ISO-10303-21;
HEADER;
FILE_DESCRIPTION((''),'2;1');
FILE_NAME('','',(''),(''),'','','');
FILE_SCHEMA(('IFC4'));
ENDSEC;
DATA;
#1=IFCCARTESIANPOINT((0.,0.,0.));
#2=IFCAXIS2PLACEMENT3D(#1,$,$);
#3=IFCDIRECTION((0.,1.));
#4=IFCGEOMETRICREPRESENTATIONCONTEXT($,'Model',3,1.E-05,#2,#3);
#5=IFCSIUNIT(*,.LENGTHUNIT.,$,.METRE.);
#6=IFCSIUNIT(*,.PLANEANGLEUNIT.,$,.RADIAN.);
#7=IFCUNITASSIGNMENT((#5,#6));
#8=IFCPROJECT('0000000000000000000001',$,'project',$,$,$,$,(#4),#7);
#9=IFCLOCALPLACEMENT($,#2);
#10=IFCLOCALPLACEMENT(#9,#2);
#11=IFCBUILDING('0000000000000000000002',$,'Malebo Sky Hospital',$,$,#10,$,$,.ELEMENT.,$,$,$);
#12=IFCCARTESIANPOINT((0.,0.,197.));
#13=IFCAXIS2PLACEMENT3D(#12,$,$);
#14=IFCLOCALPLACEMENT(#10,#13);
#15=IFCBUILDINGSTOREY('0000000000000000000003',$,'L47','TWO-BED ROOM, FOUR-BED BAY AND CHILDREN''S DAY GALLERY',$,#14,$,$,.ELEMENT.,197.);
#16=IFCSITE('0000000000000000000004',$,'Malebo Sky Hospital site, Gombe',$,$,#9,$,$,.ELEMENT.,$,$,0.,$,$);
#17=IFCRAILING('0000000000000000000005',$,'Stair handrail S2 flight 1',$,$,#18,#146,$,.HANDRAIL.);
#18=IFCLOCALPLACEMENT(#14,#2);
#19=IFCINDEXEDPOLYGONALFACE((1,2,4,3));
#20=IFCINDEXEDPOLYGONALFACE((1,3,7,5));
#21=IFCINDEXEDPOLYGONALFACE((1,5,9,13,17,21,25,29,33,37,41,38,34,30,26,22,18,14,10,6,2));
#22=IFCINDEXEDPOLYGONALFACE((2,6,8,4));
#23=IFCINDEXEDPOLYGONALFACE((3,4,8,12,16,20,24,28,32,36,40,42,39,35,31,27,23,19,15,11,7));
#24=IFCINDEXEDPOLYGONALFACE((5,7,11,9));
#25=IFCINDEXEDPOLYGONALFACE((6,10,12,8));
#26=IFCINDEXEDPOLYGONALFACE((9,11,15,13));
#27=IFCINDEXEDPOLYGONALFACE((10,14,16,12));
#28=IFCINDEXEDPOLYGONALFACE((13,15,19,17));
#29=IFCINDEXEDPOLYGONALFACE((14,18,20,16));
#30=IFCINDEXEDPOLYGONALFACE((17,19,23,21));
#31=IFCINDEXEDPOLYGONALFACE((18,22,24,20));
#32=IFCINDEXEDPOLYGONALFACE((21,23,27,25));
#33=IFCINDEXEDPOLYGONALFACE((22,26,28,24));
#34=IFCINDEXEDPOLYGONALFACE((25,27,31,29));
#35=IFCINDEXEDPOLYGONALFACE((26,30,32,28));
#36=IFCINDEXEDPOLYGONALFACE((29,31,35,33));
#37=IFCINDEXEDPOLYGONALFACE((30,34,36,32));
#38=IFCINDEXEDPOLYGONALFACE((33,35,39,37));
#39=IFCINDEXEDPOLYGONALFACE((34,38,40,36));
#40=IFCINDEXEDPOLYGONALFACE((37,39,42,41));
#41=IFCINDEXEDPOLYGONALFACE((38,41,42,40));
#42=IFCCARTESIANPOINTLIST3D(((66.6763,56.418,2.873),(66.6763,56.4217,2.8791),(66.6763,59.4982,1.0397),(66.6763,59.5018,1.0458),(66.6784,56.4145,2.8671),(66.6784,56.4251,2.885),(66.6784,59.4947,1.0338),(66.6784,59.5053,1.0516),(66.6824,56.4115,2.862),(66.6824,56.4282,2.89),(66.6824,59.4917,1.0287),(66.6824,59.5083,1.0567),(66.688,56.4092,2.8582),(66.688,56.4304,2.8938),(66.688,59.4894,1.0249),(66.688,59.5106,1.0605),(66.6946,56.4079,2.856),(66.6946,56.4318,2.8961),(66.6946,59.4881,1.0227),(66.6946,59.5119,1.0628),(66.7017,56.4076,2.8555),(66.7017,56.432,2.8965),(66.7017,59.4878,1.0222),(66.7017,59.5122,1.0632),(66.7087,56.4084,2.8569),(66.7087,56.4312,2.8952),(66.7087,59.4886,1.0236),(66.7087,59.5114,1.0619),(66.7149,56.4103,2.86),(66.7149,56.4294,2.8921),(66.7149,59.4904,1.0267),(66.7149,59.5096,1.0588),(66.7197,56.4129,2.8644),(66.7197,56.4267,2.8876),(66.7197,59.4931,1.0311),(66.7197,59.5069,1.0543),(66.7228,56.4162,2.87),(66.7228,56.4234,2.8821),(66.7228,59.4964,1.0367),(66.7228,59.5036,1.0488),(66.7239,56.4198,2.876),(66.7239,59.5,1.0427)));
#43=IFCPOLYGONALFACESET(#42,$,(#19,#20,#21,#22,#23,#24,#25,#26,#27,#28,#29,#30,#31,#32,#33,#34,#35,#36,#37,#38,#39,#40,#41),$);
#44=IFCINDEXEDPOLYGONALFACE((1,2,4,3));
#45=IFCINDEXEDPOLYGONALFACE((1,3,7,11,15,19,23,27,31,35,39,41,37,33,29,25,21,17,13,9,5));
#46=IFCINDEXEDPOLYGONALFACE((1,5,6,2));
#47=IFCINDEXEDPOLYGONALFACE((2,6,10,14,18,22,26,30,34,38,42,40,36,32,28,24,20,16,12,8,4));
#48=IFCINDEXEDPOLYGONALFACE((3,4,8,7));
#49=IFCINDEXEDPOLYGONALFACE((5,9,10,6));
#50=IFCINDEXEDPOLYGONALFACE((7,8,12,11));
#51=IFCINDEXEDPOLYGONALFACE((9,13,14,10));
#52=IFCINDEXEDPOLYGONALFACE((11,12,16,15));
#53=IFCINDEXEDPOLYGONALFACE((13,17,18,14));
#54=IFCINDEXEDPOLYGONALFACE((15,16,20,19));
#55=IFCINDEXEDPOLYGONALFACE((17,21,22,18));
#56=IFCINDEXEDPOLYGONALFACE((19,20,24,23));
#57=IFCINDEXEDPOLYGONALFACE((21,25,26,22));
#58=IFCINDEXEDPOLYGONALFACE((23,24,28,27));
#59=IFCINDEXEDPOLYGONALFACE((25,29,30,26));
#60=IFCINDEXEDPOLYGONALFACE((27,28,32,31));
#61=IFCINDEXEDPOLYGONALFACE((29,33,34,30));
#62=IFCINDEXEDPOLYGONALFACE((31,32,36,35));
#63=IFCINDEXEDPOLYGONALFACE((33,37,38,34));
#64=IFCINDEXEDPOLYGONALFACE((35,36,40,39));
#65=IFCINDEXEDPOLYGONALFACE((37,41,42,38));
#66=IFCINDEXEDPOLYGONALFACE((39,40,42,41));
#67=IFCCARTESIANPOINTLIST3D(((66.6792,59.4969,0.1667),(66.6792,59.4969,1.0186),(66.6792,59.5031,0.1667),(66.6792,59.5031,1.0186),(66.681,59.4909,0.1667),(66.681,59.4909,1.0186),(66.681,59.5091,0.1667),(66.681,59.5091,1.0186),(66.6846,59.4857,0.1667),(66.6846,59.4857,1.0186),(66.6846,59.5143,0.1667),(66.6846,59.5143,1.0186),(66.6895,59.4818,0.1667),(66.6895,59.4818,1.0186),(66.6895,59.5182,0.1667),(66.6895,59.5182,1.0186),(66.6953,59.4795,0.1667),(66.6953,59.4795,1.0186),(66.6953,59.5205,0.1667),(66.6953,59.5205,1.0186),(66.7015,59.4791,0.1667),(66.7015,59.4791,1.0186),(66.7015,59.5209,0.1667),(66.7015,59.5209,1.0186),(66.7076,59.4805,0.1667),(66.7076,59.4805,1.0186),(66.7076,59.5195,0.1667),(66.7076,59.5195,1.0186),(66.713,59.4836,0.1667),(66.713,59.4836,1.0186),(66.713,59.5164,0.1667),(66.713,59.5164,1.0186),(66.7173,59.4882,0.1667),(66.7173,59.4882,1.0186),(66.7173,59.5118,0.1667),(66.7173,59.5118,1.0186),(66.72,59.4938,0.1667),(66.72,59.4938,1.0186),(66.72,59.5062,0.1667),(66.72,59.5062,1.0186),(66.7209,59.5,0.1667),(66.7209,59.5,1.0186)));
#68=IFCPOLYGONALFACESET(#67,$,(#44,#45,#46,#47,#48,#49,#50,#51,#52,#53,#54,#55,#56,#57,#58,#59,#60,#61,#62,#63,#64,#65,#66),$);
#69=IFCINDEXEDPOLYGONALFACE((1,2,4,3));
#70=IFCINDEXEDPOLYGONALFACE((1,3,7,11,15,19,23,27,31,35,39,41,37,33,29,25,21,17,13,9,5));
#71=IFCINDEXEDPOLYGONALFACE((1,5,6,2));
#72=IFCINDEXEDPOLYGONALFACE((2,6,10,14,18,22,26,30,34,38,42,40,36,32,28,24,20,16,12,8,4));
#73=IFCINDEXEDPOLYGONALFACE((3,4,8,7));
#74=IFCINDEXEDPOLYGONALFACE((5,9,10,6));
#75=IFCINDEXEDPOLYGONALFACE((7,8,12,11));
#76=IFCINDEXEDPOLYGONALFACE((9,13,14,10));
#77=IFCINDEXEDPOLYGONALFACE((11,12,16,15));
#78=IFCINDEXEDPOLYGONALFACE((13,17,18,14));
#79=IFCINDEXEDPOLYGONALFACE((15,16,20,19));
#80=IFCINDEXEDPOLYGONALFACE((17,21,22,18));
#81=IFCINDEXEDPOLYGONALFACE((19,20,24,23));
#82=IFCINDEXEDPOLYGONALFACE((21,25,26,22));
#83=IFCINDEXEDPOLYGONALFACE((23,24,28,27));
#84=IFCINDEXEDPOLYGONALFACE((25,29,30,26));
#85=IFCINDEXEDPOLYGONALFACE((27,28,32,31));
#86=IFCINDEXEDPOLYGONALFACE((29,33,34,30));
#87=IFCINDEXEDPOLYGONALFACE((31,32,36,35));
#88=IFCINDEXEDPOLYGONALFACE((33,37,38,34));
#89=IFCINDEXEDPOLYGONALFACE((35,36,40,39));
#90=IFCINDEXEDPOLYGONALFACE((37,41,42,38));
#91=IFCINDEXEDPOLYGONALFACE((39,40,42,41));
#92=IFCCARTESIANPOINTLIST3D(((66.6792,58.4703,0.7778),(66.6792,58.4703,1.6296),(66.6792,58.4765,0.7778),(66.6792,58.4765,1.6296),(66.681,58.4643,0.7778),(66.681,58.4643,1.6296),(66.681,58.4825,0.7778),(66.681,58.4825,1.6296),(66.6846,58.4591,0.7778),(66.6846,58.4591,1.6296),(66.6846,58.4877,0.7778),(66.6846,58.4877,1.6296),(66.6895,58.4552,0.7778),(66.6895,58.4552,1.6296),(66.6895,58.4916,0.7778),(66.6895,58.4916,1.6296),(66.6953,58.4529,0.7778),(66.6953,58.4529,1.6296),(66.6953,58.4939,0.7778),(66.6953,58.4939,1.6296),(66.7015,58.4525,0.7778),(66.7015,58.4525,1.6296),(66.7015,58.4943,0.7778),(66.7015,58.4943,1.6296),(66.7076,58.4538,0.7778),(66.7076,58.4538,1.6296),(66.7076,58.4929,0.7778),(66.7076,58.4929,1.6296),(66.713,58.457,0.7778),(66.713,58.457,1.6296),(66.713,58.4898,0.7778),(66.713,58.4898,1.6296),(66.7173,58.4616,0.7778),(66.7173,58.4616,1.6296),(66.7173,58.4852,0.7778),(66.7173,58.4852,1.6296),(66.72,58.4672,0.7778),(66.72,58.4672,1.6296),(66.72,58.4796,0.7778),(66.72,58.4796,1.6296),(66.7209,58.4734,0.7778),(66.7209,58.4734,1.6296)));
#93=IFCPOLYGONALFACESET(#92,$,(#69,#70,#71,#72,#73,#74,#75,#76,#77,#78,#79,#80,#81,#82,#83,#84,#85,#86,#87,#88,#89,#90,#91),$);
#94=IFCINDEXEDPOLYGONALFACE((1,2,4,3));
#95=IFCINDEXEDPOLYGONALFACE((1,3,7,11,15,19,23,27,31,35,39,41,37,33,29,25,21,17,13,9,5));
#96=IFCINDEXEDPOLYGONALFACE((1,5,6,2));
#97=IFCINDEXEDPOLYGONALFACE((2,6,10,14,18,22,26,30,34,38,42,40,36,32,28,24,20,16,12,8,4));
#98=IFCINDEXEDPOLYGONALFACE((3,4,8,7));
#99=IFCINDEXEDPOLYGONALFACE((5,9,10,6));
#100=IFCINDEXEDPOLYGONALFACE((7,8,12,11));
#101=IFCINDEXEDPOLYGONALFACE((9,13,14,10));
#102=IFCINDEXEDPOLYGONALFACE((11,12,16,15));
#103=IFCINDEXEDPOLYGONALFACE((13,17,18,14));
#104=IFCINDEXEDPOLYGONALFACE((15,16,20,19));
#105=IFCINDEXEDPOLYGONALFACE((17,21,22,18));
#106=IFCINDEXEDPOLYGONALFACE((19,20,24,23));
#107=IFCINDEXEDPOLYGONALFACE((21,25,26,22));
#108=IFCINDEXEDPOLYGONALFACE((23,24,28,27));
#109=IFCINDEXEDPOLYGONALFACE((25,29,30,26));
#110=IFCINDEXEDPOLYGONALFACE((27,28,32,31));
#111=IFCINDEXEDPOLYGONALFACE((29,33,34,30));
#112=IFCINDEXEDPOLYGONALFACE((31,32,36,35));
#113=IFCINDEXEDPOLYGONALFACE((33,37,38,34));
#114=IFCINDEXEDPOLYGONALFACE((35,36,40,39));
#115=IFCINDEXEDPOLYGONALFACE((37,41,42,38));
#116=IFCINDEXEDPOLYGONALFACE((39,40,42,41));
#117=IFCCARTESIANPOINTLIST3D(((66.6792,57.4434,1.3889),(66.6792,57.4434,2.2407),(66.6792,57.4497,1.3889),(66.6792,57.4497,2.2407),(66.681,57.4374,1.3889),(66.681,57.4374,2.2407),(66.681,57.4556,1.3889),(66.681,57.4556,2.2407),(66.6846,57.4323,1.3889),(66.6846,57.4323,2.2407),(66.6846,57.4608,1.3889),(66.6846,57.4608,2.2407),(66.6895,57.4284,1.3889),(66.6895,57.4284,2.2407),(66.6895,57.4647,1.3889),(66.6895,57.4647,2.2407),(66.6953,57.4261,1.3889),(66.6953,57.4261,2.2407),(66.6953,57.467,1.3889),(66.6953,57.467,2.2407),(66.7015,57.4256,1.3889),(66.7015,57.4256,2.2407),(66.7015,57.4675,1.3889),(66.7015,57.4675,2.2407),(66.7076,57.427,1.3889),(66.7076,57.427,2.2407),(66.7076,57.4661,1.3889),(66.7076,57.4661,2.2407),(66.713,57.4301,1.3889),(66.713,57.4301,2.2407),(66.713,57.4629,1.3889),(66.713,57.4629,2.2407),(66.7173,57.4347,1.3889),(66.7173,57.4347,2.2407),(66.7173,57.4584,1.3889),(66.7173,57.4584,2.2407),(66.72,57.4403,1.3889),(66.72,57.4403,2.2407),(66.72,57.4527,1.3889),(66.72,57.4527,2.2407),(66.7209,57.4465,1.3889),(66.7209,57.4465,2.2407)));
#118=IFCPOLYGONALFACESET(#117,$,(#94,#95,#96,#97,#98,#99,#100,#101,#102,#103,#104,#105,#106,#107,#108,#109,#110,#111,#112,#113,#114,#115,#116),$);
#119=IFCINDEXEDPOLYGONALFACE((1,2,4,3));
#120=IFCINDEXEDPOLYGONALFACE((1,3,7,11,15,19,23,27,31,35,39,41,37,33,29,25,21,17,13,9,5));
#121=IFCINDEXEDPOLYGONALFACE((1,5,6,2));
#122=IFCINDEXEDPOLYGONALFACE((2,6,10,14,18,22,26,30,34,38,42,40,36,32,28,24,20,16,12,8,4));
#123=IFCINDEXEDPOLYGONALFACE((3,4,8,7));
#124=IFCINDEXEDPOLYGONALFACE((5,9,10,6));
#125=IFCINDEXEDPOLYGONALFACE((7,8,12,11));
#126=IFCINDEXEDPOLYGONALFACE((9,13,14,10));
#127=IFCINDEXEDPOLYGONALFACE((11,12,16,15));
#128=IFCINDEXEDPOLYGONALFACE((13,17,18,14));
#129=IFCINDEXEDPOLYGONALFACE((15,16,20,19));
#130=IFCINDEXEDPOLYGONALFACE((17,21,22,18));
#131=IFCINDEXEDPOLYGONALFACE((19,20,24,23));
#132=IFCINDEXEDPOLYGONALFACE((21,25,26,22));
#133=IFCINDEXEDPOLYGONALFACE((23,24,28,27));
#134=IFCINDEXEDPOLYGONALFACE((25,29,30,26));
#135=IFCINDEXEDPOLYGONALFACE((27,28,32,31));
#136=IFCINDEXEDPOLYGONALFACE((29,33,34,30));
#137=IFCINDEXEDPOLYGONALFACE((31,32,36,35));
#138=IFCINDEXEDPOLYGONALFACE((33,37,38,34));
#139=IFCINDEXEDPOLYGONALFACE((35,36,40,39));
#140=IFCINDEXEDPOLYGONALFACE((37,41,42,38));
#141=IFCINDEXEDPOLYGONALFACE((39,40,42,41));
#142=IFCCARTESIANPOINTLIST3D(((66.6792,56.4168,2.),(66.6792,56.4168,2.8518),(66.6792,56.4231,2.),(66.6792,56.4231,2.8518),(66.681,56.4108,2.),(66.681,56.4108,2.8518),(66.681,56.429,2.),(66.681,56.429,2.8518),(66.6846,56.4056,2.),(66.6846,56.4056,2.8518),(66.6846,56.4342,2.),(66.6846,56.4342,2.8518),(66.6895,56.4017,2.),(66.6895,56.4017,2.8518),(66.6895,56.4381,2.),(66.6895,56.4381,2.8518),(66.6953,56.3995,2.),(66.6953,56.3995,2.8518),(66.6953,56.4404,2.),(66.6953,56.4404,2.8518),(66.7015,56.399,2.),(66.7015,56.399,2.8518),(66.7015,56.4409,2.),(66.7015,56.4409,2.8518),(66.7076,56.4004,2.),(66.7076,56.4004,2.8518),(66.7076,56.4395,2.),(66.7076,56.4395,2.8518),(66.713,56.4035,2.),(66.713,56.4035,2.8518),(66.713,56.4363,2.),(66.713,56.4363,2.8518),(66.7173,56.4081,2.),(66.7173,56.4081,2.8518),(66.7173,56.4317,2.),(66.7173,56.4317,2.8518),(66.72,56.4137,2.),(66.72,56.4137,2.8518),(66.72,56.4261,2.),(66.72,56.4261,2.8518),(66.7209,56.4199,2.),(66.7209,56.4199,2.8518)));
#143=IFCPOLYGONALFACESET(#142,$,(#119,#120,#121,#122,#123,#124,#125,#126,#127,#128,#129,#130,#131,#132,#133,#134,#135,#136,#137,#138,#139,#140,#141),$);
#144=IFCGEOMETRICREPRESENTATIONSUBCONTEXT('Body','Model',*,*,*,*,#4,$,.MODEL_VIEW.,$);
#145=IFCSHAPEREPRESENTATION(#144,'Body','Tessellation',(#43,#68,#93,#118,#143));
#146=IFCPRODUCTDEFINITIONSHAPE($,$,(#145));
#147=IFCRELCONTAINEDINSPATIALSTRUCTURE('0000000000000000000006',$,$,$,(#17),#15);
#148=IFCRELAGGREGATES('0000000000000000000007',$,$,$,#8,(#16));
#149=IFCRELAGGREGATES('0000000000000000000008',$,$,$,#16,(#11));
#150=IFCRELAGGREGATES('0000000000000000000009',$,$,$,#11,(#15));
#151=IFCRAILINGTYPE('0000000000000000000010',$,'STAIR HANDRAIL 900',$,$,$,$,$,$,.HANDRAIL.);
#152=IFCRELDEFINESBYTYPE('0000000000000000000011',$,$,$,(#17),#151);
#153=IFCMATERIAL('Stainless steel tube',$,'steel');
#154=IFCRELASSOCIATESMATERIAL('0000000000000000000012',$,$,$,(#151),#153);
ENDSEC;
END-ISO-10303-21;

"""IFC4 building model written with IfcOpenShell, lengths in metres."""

from ifc_helpers import new_model, si_unit, direction, frame, origin, origin_2d, place, context, subcontext, project, spatial, circle, extrude, material, type_object, element, save


model = new_model("IFC4")

# Units and contexts
model_context = context("Model", 3, precision=1e-05, world=origin(), true_north=direction((0.0, 1.0)))
body_context = subcontext(model_context, "Body", "Model", "MODEL_VIEW")
ifc_project = project(units=[si_unit("LENGTHUNIT", "METRE"), si_unit("PLANEANGLEUNIT", "RADIAN")], contexts=[model_context])

# Site, building, storey
site_placement = place(None, origin())
site = spatial("IfcSite", under=ifc_project, at=site_placement, Name="Malebo Sky Hospital site, Gombe", CompositionType="ELEMENT", RefElevation=0.0)
building_placement = place(site_placement, origin())
building = spatial("IfcBuilding", under=site, at=building_placement, Name="Malebo Sky Hospital", CompositionType="ELEMENT")
storey_placement = place(building_placement, frame((0.0, 0.0, 197.0)))
storey = spatial("IfcBuildingStorey", under=building, at=storey_placement, Name="L47", Description="TWO-BED ROOM, FOUR-BED BAY AND CHILDREN'S DAY GALLERY", CompositionType="ELEMENT", Elevation=197.0)

# Railing
ifc_material_1 = material(Name="Stainless steel tube", Category="steel")
railing_type = type_object("IfcRailingType", Name="STAIR HANDRAIL 900", PredefinedType="HANDRAIL", material=ifc_material_1)
railing_1_placement = place(storey_placement, frame((66.7, 59.5, 0.1667)))
element("IfcRailing", 1, at=railing_1_placement, inside=storey, type_object=railing_type, Name="Stair handrail S2 flight 1", PredefinedType="HANDRAIL", context=body_context, shape_type="SweptSolid", body=[
    extrude(circle(Radius=0.0239, at=origin_2d()), frame((0.0, 0.0, 0.876), z_axis=(0.0, -0.859309, 0.511458), x_axis=(1.0, 0.0, 0.0)), (0.0, 0.0, 1.0), 3.5845),
    extrude(circle(Radius=0.021, at=origin_2d()), origin(), (0.0, 0.0, 1.0), 0.8518),
    extrude(circle(Radius=0.021, at=origin_2d()), frame((0.0, -1.0266, 0.6111)), (0.0, 0.0, 1.0), 0.8518),
    extrude(circle(Radius=0.021, at=origin_2d()), frame((0.0, -2.0535, 1.2222)), (0.0, 0.0, 1.0), 0.8518),
    extrude(circle(Radius=0.021, at=origin_2d()), frame((0.0, -3.0801, 1.8333)), (0.0, 0.0, 1.0), 0.8518),
])

save(model, "model.ifc")
